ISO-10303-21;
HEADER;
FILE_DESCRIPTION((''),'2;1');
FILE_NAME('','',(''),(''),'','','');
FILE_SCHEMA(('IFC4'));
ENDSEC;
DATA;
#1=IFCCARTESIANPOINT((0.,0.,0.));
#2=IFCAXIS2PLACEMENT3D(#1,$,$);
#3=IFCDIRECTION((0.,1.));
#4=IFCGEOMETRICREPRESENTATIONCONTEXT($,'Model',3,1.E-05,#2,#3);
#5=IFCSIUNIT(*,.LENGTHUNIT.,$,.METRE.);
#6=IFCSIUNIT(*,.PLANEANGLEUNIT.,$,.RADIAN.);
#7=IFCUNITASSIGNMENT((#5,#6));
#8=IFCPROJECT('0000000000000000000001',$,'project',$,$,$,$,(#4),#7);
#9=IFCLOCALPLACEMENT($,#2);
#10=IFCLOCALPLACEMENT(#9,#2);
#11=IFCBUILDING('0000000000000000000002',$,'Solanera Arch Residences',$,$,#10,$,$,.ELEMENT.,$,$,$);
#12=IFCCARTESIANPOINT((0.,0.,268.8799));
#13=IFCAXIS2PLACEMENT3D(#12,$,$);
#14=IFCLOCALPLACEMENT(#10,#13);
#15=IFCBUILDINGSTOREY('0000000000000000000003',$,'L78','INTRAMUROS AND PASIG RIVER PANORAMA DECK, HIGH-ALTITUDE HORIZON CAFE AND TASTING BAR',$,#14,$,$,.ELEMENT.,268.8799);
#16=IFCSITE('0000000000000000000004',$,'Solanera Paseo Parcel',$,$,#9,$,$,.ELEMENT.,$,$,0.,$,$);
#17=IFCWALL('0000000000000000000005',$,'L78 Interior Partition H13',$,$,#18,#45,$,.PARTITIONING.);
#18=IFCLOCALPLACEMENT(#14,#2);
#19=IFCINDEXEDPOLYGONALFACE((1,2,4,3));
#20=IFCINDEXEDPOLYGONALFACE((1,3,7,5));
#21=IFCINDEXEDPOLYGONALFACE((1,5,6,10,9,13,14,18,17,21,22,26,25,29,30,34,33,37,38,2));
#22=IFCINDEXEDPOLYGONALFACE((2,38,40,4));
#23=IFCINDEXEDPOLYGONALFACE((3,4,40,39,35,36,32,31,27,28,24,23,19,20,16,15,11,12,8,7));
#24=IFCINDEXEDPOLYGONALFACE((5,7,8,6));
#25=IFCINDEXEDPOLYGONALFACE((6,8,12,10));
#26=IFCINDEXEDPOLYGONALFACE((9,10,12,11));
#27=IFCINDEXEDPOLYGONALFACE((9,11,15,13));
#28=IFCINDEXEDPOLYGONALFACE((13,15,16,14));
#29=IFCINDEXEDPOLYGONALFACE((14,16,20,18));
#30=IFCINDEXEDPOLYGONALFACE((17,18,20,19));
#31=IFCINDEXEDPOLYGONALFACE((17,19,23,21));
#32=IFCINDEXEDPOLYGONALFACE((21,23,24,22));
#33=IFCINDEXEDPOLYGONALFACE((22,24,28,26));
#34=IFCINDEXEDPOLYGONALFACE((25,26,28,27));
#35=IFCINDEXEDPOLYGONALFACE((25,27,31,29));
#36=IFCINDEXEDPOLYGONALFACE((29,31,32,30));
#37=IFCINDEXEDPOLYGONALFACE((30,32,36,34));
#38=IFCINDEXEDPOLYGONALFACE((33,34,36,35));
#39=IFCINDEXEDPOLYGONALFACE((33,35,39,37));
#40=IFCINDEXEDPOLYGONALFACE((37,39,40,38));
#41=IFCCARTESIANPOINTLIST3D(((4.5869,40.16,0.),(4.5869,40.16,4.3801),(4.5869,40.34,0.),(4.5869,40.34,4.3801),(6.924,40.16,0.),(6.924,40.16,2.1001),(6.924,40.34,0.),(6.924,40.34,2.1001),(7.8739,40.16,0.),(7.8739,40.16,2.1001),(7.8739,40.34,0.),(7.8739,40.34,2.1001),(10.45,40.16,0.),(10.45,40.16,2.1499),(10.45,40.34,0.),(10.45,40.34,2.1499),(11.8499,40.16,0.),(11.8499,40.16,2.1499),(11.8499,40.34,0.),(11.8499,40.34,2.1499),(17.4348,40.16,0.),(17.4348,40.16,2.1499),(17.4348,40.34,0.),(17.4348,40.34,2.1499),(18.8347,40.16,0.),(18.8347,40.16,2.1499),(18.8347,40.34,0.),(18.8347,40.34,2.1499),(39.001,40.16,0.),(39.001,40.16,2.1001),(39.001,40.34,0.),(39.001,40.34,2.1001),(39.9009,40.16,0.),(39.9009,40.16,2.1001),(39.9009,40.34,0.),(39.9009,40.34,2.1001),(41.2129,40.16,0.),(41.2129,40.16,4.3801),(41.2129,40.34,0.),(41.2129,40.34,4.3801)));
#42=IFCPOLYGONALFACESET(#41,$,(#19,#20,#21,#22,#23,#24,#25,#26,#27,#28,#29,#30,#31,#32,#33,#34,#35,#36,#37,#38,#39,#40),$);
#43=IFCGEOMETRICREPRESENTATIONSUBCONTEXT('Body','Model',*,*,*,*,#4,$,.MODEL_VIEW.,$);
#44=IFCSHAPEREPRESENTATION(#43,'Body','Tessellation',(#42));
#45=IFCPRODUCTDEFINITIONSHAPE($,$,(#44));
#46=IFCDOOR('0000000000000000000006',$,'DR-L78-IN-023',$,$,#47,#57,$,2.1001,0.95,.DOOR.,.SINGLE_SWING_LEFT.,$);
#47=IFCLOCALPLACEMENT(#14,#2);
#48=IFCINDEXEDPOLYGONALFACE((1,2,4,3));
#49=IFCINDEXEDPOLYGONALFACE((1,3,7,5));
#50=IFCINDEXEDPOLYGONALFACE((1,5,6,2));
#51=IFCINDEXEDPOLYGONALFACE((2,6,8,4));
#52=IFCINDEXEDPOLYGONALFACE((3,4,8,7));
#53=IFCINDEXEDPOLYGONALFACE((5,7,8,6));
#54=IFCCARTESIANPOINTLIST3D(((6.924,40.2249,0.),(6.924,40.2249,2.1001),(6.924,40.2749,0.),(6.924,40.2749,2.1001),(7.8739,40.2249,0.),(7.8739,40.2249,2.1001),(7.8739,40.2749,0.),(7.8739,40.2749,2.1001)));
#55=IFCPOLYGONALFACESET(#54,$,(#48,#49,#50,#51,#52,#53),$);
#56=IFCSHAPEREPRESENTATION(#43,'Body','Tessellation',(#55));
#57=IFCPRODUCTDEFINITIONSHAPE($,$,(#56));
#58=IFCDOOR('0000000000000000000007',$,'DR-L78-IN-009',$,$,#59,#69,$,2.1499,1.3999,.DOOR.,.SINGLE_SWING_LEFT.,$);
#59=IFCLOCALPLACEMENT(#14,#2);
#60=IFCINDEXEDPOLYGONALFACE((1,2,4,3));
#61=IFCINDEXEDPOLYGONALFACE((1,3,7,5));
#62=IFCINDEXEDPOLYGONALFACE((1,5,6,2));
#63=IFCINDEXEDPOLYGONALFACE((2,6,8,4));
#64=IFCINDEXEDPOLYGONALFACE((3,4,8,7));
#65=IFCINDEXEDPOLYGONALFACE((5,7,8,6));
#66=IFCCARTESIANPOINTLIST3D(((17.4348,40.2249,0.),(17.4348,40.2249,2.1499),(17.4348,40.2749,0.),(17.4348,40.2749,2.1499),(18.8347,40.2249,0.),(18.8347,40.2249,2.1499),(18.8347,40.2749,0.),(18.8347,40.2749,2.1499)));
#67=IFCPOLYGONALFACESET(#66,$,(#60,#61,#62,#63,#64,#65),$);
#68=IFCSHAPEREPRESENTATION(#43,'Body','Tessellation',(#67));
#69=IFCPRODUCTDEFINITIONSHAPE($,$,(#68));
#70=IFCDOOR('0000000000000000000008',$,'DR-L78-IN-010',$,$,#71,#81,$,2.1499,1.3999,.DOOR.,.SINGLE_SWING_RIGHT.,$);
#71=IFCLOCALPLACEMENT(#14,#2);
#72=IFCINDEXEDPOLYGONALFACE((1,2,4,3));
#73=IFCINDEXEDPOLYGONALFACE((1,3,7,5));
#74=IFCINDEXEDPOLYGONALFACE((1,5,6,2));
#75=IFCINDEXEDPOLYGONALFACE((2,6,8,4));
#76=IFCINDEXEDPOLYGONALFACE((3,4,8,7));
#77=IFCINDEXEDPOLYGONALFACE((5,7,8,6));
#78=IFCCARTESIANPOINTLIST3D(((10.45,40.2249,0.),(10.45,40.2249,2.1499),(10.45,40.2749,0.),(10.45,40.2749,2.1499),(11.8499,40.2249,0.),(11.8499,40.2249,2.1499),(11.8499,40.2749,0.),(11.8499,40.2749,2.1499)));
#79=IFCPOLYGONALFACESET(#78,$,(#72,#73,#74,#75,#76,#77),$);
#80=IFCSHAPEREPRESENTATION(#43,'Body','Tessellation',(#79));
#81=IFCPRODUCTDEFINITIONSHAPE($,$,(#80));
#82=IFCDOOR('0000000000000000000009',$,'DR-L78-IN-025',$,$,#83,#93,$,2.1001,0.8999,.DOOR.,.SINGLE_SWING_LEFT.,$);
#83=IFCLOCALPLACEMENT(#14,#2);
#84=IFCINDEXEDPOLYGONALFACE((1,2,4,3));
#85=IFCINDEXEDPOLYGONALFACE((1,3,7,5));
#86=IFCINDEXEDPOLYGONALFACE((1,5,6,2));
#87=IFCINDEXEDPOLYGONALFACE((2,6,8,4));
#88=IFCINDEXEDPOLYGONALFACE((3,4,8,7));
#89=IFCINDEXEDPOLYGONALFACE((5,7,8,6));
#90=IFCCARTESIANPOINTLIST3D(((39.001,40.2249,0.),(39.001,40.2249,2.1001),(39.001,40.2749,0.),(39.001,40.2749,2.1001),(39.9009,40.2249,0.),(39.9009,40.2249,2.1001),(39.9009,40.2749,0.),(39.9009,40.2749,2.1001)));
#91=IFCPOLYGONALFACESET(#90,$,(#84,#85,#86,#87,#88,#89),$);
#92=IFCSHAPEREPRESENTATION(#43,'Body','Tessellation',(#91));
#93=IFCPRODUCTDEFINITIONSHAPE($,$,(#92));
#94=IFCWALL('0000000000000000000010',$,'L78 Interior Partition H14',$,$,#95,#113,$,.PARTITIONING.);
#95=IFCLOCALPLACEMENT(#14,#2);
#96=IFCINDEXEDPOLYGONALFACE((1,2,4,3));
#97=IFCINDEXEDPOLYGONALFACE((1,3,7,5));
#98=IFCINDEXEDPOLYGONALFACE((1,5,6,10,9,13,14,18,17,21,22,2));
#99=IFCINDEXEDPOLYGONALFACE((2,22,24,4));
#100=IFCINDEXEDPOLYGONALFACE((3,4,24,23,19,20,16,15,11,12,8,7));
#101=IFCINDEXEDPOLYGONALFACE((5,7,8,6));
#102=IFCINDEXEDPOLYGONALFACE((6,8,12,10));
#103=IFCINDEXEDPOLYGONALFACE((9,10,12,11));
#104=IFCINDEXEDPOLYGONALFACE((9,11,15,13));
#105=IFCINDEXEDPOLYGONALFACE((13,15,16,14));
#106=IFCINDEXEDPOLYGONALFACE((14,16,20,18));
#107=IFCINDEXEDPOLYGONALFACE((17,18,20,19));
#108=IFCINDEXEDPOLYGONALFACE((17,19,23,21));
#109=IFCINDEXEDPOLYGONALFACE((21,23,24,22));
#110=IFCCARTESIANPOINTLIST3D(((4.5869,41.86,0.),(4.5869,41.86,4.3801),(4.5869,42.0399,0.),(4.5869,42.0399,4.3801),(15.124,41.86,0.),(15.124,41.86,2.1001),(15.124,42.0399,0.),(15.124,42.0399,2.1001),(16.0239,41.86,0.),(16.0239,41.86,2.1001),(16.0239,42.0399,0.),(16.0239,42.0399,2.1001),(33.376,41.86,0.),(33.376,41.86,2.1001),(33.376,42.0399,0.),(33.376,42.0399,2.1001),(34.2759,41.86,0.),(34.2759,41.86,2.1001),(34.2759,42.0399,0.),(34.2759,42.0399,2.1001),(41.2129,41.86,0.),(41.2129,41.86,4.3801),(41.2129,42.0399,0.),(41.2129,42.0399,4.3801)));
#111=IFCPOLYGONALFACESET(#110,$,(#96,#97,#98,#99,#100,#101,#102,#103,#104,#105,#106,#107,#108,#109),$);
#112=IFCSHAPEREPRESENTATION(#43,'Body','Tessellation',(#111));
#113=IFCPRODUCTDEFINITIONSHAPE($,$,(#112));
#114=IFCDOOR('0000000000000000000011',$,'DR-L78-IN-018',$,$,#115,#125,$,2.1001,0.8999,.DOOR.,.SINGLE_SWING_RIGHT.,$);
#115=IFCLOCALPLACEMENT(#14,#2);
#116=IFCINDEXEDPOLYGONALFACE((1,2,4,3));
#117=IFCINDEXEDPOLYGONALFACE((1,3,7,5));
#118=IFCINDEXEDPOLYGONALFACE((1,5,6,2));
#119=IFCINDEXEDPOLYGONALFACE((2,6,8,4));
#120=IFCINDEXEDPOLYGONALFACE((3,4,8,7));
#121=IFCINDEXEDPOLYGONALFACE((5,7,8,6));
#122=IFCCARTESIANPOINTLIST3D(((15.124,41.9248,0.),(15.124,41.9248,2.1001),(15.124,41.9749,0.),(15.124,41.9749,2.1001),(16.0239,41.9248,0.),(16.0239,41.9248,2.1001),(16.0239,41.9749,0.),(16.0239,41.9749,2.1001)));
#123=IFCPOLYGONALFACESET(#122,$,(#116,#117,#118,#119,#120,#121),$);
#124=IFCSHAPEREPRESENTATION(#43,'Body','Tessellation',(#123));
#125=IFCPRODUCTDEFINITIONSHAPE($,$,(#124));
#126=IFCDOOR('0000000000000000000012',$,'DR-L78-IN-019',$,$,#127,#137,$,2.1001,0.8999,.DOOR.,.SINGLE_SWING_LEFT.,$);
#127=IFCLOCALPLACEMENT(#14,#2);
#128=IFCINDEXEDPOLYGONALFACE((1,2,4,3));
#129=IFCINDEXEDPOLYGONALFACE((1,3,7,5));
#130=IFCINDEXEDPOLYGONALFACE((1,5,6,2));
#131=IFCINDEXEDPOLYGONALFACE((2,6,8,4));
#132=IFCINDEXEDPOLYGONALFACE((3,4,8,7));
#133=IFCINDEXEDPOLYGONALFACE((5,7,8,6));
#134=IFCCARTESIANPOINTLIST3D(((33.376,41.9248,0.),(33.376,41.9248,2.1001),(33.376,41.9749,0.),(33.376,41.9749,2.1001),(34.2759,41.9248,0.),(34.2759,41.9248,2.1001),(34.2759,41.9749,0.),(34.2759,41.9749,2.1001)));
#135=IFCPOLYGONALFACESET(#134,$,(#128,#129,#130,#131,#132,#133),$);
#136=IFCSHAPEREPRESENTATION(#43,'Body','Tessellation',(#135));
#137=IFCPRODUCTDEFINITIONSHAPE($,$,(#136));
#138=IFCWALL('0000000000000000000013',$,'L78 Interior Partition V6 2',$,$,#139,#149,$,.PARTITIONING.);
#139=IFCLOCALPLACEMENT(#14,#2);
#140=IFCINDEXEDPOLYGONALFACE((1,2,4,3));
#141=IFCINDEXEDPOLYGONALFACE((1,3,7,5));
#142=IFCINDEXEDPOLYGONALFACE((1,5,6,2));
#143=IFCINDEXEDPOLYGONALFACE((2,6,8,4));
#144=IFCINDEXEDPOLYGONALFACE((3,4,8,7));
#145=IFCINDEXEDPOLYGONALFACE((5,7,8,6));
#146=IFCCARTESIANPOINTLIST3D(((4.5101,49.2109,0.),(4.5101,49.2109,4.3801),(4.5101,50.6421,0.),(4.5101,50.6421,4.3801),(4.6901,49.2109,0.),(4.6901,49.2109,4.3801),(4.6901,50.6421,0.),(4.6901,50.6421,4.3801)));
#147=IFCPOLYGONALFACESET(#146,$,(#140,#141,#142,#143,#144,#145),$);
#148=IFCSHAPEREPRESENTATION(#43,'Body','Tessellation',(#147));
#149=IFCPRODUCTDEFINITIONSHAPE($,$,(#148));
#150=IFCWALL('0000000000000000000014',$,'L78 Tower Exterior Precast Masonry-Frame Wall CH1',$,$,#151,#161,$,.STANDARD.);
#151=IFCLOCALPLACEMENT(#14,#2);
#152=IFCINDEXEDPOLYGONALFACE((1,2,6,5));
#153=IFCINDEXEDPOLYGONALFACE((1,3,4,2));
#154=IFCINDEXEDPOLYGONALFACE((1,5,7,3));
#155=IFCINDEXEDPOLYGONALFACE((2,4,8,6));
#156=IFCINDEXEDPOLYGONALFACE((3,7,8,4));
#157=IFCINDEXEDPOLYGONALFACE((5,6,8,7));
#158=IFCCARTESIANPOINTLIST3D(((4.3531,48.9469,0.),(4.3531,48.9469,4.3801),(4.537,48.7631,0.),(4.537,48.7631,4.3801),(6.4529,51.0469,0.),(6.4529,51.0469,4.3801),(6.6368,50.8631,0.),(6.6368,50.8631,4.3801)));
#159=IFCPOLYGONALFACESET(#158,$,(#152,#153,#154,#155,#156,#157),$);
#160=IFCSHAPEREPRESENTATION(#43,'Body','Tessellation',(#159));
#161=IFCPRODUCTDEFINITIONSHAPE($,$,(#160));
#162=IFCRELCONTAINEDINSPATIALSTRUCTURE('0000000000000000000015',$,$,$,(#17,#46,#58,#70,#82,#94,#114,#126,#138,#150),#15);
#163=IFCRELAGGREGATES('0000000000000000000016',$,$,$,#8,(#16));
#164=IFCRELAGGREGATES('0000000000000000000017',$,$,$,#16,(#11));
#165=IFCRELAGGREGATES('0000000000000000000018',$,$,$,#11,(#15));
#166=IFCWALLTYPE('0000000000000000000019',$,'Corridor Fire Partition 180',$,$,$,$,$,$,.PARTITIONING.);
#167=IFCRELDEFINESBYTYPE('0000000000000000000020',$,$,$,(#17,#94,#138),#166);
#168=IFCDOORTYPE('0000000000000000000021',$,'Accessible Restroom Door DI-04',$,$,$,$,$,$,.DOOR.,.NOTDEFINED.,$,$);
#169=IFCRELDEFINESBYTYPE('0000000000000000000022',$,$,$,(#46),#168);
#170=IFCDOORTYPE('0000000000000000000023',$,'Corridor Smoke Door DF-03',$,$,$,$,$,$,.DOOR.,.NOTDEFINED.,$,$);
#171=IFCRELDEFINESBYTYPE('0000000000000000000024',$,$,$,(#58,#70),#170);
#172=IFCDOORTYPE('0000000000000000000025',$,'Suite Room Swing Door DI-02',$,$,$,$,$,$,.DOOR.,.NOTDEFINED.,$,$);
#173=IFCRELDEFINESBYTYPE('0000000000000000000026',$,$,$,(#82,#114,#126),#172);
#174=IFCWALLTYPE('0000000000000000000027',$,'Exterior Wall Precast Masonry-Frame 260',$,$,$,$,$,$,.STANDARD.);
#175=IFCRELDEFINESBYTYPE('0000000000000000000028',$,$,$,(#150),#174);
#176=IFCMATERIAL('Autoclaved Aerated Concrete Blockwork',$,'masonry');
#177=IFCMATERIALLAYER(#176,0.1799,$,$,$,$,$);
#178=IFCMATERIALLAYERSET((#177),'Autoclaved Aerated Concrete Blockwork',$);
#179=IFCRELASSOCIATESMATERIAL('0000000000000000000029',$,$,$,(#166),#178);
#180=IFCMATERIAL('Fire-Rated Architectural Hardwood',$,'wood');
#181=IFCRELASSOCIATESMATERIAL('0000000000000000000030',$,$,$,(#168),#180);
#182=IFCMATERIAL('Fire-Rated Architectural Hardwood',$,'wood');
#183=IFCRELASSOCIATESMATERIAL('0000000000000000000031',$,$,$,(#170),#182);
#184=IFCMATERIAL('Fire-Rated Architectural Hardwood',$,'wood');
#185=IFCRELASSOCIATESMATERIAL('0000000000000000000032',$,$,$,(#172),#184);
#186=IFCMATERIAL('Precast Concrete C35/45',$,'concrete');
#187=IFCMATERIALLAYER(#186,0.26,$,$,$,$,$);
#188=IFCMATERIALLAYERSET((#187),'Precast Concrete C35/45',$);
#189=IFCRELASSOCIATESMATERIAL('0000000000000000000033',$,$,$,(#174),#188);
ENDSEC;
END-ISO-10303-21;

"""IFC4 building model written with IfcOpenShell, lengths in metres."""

from ifc_helpers import new_model, si_unit, direction, frame, frame_2d, origin, place, context, subcontext, project, spatial, rectangle, extrude, material, layer, layer_set, type_object, element, fill, save


model = new_model("IFC4")

# Units and contexts
model_context = context("Model", 3, precision=1e-05, world=origin(), true_north=direction((0.0, 1.0)))
body_context = subcontext(model_context, "Body", "Model", "MODEL_VIEW")
ifc_project = project(units=[si_unit("LENGTHUNIT", "METRE"), si_unit("PLANEANGLEUNIT", "RADIAN")], contexts=[model_context])

# Site, building, storey
site_placement = place(None, origin())
site = spatial("IfcSite", under=ifc_project, at=site_placement, Name="Solanera Paseo Parcel", CompositionType="ELEMENT", RefElevation=0.0)
building_placement = place(site_placement, origin())
building = spatial("IfcBuilding", under=site, at=building_placement, Name="Solanera Arch Residences", CompositionType="ELEMENT")
storey_placement = place(building_placement, frame((0.0, 0.0, 268.8799)))
storey = spatial("IfcBuildingStorey", under=building, at=storey_placement, Name="L78", Description="INTRAMUROS AND PASIG RIVER PANORAMA DECK, HIGH-ALTITUDE HORIZON CAFE AND TASTING BAR", CompositionType="ELEMENT", Elevation=268.8799)

# Walls, openings, doors
ifc_material_1 = material(Name="Autoclaved Aerated Concrete Blockwork", Category="masonry")
ifc_layer_1 = layer(ifc_material_1, 0.1799)
ifc_layer_set_1 = layer_set([ifc_layer_1], Name="Autoclaved Aerated Concrete Blockwork")
wall_type_1 = type_object("IfcWallType", Name="Corridor Fire Partition 180", PredefinedType="PARTITIONING", material=ifc_layer_set_1)
wall_1_placement = place(storey_placement, frame((4.5869, 40.25, 0.0), z_axis=(0.0, 0.0, 1.0), x_axis=(1.0, 0.0, 0.0)))
wall_1 = element("IfcWall", 1, at=wall_1_placement, inside=storey, type_object=wall_type_1, Name="L78 Interior Partition H13", PredefinedType="PARTITIONING", context=body_context, shape_type="SweptSolid", body=[
    extrude(rectangle(XDim=36.626, YDim=0.1799, at=frame_2d((18.313, 0.0))), origin(), (0.0, 0.0, 1.0), 4.3801),
])
opening_1_placement = place(wall_1_placement, frame((12.8479, 0.0, 0.0)))
opening_1 = element("IfcOpeningElement", 2, at=opening_1_placement, cuts=wall_1, PredefinedType="OPENING", context=body_context, shape_type="SweptSolid", body=[
    extrude(rectangle(XDim=1.3999, YDim=2.1499, at=frame_2d((0.7, 1.075))), frame((0.0, 0.1001, 0.0), z_axis=(0.0, -1.0, 0.0), x_axis=(1.0, 0.0, 0.0)), (0.0, 0.0, 1.0), 0.1999),
])
opening_2_placement = place(wall_1_placement, frame((5.863, 0.0, 0.0)))
opening_2 = element("IfcOpeningElement", 3, at=opening_2_placement, cuts=wall_1, PredefinedType="OPENING", context=body_context, shape_type="SweptSolid", body=[
    extrude(rectangle(XDim=1.3999, YDim=2.1499, at=frame_2d((0.7, 1.075))), frame((0.0, 0.1001, 0.0), z_axis=(0.0, -1.0, 0.0), x_axis=(1.0, 0.0, 0.0)), (0.0, 0.0, 1.0), 0.1999),
])
opening_3_placement = place(wall_1_placement, frame((2.3369, 0.0, 0.0)))
opening_3 = element("IfcOpeningElement", 4, at=opening_3_placement, cuts=wall_1, PredefinedType="OPENING", context=body_context, shape_type="SweptSolid", body=[
    extrude(rectangle(XDim=0.95, YDim=2.1001, at=frame_2d((0.4751, 1.05))), frame((0.0, 0.1001, 0.0), z_axis=(0.0, -1.0, 0.0), x_axis=(1.0, 0.0, 0.0)), (0.0, 0.0, 1.0), 0.1999),
])
opening_4_placement = place(wall_1_placement, frame((34.4141, 0.0, 0.0)))
opening_4 = element("IfcOpeningElement", 5, at=opening_4_placement, cuts=wall_1, PredefinedType="OPENING", context=body_context, shape_type="SweptSolid", body=[
    extrude(rectangle(XDim=0.8999, YDim=2.1001, at=frame_2d((0.45, 1.05))), frame((0.0, 0.1001, 0.0), z_axis=(0.0, -1.0, 0.0), x_axis=(1.0, 0.0, 0.0)), (0.0, 0.0, 1.0), 0.1999),
])
ifc_material_2 = material(Name="Fire-Rated Architectural Hardwood", Category="wood")
door_type_1 = type_object("IfcDoorType", Name="Accessible Restroom Door DI-04", OperationType="NOTDEFINED", PredefinedType="DOOR", material=ifc_material_2)
door_1_placement = place(opening_3_placement, origin())
door_1 = element("IfcDoor", 6, at=door_1_placement, inside=storey, type_object=door_type_1, Name="DR-L78-IN-023", OperationType="SINGLE_SWING_LEFT", OverallHeight=2.1001, OverallWidth=0.95, PredefinedType="DOOR", context=body_context, shape_type="SweptSolid", body=[
    extrude(rectangle(XDim=0.95, YDim=2.1001, at=frame_2d((0.4751, 1.05))), frame((0.0, 0.0249, 0.0), z_axis=(0.0, -1.0, 0.0), x_axis=(1.0, 0.0, 0.0)), (0.0, 0.0, 1.0), 0.05),
])
fill(opening_3, door_1)
ifc_material_3 = material(Name="Fire-Rated Architectural Hardwood", Category="wood")
door_type_2 = type_object("IfcDoorType", Name="Corridor Smoke Door DF-03", OperationType="NOTDEFINED", PredefinedType="DOOR", material=ifc_material_3)
door_2_placement = place(opening_1_placement, origin())
door_2 = element("IfcDoor", 7, at=door_2_placement, inside=storey, type_object=door_type_2, Name="DR-L78-IN-009", OperationType="SINGLE_SWING_LEFT", OverallHeight=2.1499, OverallWidth=1.3999, PredefinedType="DOOR", context=body_context, shape_type="SweptSolid", body=[
    extrude(rectangle(XDim=1.3999, YDim=2.1499, at=frame_2d((0.7, 1.075))), frame((0.0, 0.0249, 0.0), z_axis=(0.0, -1.0, 0.0), x_axis=(1.0, 0.0, 0.0)), (0.0, 0.0, 1.0), 0.05),
])
fill(opening_1, door_2)
door_3_placement = place(opening_2_placement, origin())
door_3 = element("IfcDoor", 8, at=door_3_placement, inside=storey, type_object=door_type_2, Name="DR-L78-IN-010", OperationType="SINGLE_SWING_RIGHT", OverallHeight=2.1499, OverallWidth=1.3999, PredefinedType="DOOR", context=body_context, shape_type="SweptSolid", body=[
    extrude(rectangle(XDim=1.3999, YDim=2.1499, at=frame_2d((0.7, 1.075))), frame((0.0, 0.0249, 0.0), z_axis=(0.0, -1.0, 0.0), x_axis=(1.0, 0.0, 0.0)), (0.0, 0.0, 1.0), 0.05),
])
fill(opening_2, door_3)
ifc_material_4 = material(Name="Fire-Rated Architectural Hardwood", Category="wood")
door_type_3 = type_object("IfcDoorType", Name="Suite Room Swing Door DI-02", OperationType="NOTDEFINED", PredefinedType="DOOR", material=ifc_material_4)
door_4_placement = place(opening_4_placement, origin())
door_4 = element("IfcDoor", 9, at=door_4_placement, inside=storey, type_object=door_type_3, Name="DR-L78-IN-025", OperationType="SINGLE_SWING_LEFT", OverallHeight=2.1001, OverallWidth=0.8999, PredefinedType="DOOR", context=body_context, shape_type="SweptSolid", body=[
    extrude(rectangle(XDim=0.8999, YDim=2.1001, at=frame_2d((0.45, 1.05))), frame((0.0, 0.0249, 0.0), z_axis=(0.0, -1.0, 0.0), x_axis=(1.0, 0.0, 0.0)), (0.0, 0.0, 1.0), 0.05),
])
fill(opening_4, door_4)
wall_2_placement = place(storey_placement, frame((4.5869, 41.95, 0.0), z_axis=(0.0, 0.0, 1.0), x_axis=(1.0, 0.0, 0.0)))
wall_2 = element("IfcWall", 10, at=wall_2_placement, inside=storey, type_object=wall_type_1, Name="L78 Interior Partition H14", PredefinedType="PARTITIONING", context=body_context, shape_type="SweptSolid", body=[
    extrude(rectangle(XDim=36.626, YDim=0.1799, at=frame_2d((18.313, 0.0))), origin(), (0.0, 0.0, 1.0), 4.3801),
])
opening_5_placement = place(wall_2_placement, frame((10.5371, 0.0, 0.0)))
opening_5 = element("IfcOpeningElement", 11, at=opening_5_placement, cuts=wall_2, PredefinedType="OPENING", context=body_context, shape_type="SweptSolid", body=[
    extrude(rectangle(XDim=0.8999, YDim=2.1001, at=frame_2d((0.45, 1.05))), frame((0.0, 0.1001, 0.0), z_axis=(0.0, -1.0, 0.0), x_axis=(1.0, 0.0, 0.0)), (0.0, 0.0, 1.0), 0.1999),
])
opening_6_placement = place(wall_2_placement, frame((28.7891, 0.0, 0.0)))
opening_6 = element("IfcOpeningElement", 12, at=opening_6_placement, cuts=wall_2, PredefinedType="OPENING", context=body_context, shape_type="SweptSolid", body=[
    extrude(rectangle(XDim=0.8999, YDim=2.1001, at=frame_2d((0.45, 1.05))), frame((0.0, 0.1001, 0.0), z_axis=(0.0, -1.0, 0.0), x_axis=(1.0, 0.0, 0.0)), (0.0, 0.0, 1.0), 0.1999),
])
door_5_placement = place(opening_5_placement, origin())
door_5 = element("IfcDoor", 13, at=door_5_placement, inside=storey, type_object=door_type_3, Name="DR-L78-IN-018", OperationType="SINGLE_SWING_RIGHT", OverallHeight=2.1001, OverallWidth=0.8999, PredefinedType="DOOR", context=body_context, shape_type="SweptSolid", body=[
    extrude(rectangle(XDim=0.8999, YDim=2.1001, at=frame_2d((0.45, 1.05))), frame((0.0, 0.0249, 0.0), z_axis=(0.0, -1.0, 0.0), x_axis=(1.0, 0.0, 0.0)), (0.0, 0.0, 1.0), 0.05),
])
fill(opening_5, door_5)
door_6_placement = place(opening_6_placement, origin())
door_6 = element("IfcDoor", 14, at=door_6_placement, inside=storey, type_object=door_type_3, Name="DR-L78-IN-019", OperationType="SINGLE_SWING_LEFT", OverallHeight=2.1001, OverallWidth=0.8999, PredefinedType="DOOR", context=body_context, shape_type="SweptSolid", body=[
    extrude(rectangle(XDim=0.8999, YDim=2.1001, at=frame_2d((0.45, 1.05))), frame((0.0, 0.0249, 0.0), z_axis=(0.0, -1.0, 0.0), x_axis=(1.0, 0.0, 0.0)), (0.0, 0.0, 1.0), 0.05),
])
fill(opening_6, door_6)

# Walls
wall_3_placement = place(storey_placement, frame((4.6001, 49.2109, 0.0), z_axis=(0.0, 0.0, 1.0), x_axis=(0.0, 1.0, 0.0)))
element("IfcWall", 15, at=wall_3_placement, inside=storey, type_object=wall_type_1, Name="L78 Interior Partition V6 2", PredefinedType="PARTITIONING", context=body_context, shape_type="SweptSolid", body=[
    extrude(rectangle(XDim=1.4312, YDim=0.1799, at=frame_2d((0.7156, 0.0))), origin(), (0.0, 0.0, 1.0), 4.3801),
])
ifc_material_5 = material(Name="Precast Concrete C35/45", Category="concrete")
ifc_layer_2 = layer(ifc_material_5, 0.26)
ifc_layer_set_2 = layer_set([ifc_layer_2], Name="Precast Concrete C35/45")
wall_type_2 = type_object("IfcWallType", Name="Exterior Wall Precast Masonry-Frame 260", PredefinedType="STANDARD", material=ifc_layer_set_2)
wall_4_placement = place(storey_placement, frame((4.4451, 48.855, 0.0), z_axis=(0.0, 0.0, 1.0), x_axis=(0.707066, 0.707148, 0.0)))
element("IfcWall", 16, at=wall_4_placement, inside=storey, type_object=wall_type_2, Name="L78 Tower Exterior Precast Masonry-Frame Wall CH1", PredefinedType="STANDARD", context=body_context, shape_type="SweptSolid", body=[
    extrude(rectangle(XDim=2.9697, YDim=0.26, at=frame_2d((1.4849, 0.0))), origin(), (0.0, 0.0, 1.0), 4.3801),
])

save(model, "model.ifc")
